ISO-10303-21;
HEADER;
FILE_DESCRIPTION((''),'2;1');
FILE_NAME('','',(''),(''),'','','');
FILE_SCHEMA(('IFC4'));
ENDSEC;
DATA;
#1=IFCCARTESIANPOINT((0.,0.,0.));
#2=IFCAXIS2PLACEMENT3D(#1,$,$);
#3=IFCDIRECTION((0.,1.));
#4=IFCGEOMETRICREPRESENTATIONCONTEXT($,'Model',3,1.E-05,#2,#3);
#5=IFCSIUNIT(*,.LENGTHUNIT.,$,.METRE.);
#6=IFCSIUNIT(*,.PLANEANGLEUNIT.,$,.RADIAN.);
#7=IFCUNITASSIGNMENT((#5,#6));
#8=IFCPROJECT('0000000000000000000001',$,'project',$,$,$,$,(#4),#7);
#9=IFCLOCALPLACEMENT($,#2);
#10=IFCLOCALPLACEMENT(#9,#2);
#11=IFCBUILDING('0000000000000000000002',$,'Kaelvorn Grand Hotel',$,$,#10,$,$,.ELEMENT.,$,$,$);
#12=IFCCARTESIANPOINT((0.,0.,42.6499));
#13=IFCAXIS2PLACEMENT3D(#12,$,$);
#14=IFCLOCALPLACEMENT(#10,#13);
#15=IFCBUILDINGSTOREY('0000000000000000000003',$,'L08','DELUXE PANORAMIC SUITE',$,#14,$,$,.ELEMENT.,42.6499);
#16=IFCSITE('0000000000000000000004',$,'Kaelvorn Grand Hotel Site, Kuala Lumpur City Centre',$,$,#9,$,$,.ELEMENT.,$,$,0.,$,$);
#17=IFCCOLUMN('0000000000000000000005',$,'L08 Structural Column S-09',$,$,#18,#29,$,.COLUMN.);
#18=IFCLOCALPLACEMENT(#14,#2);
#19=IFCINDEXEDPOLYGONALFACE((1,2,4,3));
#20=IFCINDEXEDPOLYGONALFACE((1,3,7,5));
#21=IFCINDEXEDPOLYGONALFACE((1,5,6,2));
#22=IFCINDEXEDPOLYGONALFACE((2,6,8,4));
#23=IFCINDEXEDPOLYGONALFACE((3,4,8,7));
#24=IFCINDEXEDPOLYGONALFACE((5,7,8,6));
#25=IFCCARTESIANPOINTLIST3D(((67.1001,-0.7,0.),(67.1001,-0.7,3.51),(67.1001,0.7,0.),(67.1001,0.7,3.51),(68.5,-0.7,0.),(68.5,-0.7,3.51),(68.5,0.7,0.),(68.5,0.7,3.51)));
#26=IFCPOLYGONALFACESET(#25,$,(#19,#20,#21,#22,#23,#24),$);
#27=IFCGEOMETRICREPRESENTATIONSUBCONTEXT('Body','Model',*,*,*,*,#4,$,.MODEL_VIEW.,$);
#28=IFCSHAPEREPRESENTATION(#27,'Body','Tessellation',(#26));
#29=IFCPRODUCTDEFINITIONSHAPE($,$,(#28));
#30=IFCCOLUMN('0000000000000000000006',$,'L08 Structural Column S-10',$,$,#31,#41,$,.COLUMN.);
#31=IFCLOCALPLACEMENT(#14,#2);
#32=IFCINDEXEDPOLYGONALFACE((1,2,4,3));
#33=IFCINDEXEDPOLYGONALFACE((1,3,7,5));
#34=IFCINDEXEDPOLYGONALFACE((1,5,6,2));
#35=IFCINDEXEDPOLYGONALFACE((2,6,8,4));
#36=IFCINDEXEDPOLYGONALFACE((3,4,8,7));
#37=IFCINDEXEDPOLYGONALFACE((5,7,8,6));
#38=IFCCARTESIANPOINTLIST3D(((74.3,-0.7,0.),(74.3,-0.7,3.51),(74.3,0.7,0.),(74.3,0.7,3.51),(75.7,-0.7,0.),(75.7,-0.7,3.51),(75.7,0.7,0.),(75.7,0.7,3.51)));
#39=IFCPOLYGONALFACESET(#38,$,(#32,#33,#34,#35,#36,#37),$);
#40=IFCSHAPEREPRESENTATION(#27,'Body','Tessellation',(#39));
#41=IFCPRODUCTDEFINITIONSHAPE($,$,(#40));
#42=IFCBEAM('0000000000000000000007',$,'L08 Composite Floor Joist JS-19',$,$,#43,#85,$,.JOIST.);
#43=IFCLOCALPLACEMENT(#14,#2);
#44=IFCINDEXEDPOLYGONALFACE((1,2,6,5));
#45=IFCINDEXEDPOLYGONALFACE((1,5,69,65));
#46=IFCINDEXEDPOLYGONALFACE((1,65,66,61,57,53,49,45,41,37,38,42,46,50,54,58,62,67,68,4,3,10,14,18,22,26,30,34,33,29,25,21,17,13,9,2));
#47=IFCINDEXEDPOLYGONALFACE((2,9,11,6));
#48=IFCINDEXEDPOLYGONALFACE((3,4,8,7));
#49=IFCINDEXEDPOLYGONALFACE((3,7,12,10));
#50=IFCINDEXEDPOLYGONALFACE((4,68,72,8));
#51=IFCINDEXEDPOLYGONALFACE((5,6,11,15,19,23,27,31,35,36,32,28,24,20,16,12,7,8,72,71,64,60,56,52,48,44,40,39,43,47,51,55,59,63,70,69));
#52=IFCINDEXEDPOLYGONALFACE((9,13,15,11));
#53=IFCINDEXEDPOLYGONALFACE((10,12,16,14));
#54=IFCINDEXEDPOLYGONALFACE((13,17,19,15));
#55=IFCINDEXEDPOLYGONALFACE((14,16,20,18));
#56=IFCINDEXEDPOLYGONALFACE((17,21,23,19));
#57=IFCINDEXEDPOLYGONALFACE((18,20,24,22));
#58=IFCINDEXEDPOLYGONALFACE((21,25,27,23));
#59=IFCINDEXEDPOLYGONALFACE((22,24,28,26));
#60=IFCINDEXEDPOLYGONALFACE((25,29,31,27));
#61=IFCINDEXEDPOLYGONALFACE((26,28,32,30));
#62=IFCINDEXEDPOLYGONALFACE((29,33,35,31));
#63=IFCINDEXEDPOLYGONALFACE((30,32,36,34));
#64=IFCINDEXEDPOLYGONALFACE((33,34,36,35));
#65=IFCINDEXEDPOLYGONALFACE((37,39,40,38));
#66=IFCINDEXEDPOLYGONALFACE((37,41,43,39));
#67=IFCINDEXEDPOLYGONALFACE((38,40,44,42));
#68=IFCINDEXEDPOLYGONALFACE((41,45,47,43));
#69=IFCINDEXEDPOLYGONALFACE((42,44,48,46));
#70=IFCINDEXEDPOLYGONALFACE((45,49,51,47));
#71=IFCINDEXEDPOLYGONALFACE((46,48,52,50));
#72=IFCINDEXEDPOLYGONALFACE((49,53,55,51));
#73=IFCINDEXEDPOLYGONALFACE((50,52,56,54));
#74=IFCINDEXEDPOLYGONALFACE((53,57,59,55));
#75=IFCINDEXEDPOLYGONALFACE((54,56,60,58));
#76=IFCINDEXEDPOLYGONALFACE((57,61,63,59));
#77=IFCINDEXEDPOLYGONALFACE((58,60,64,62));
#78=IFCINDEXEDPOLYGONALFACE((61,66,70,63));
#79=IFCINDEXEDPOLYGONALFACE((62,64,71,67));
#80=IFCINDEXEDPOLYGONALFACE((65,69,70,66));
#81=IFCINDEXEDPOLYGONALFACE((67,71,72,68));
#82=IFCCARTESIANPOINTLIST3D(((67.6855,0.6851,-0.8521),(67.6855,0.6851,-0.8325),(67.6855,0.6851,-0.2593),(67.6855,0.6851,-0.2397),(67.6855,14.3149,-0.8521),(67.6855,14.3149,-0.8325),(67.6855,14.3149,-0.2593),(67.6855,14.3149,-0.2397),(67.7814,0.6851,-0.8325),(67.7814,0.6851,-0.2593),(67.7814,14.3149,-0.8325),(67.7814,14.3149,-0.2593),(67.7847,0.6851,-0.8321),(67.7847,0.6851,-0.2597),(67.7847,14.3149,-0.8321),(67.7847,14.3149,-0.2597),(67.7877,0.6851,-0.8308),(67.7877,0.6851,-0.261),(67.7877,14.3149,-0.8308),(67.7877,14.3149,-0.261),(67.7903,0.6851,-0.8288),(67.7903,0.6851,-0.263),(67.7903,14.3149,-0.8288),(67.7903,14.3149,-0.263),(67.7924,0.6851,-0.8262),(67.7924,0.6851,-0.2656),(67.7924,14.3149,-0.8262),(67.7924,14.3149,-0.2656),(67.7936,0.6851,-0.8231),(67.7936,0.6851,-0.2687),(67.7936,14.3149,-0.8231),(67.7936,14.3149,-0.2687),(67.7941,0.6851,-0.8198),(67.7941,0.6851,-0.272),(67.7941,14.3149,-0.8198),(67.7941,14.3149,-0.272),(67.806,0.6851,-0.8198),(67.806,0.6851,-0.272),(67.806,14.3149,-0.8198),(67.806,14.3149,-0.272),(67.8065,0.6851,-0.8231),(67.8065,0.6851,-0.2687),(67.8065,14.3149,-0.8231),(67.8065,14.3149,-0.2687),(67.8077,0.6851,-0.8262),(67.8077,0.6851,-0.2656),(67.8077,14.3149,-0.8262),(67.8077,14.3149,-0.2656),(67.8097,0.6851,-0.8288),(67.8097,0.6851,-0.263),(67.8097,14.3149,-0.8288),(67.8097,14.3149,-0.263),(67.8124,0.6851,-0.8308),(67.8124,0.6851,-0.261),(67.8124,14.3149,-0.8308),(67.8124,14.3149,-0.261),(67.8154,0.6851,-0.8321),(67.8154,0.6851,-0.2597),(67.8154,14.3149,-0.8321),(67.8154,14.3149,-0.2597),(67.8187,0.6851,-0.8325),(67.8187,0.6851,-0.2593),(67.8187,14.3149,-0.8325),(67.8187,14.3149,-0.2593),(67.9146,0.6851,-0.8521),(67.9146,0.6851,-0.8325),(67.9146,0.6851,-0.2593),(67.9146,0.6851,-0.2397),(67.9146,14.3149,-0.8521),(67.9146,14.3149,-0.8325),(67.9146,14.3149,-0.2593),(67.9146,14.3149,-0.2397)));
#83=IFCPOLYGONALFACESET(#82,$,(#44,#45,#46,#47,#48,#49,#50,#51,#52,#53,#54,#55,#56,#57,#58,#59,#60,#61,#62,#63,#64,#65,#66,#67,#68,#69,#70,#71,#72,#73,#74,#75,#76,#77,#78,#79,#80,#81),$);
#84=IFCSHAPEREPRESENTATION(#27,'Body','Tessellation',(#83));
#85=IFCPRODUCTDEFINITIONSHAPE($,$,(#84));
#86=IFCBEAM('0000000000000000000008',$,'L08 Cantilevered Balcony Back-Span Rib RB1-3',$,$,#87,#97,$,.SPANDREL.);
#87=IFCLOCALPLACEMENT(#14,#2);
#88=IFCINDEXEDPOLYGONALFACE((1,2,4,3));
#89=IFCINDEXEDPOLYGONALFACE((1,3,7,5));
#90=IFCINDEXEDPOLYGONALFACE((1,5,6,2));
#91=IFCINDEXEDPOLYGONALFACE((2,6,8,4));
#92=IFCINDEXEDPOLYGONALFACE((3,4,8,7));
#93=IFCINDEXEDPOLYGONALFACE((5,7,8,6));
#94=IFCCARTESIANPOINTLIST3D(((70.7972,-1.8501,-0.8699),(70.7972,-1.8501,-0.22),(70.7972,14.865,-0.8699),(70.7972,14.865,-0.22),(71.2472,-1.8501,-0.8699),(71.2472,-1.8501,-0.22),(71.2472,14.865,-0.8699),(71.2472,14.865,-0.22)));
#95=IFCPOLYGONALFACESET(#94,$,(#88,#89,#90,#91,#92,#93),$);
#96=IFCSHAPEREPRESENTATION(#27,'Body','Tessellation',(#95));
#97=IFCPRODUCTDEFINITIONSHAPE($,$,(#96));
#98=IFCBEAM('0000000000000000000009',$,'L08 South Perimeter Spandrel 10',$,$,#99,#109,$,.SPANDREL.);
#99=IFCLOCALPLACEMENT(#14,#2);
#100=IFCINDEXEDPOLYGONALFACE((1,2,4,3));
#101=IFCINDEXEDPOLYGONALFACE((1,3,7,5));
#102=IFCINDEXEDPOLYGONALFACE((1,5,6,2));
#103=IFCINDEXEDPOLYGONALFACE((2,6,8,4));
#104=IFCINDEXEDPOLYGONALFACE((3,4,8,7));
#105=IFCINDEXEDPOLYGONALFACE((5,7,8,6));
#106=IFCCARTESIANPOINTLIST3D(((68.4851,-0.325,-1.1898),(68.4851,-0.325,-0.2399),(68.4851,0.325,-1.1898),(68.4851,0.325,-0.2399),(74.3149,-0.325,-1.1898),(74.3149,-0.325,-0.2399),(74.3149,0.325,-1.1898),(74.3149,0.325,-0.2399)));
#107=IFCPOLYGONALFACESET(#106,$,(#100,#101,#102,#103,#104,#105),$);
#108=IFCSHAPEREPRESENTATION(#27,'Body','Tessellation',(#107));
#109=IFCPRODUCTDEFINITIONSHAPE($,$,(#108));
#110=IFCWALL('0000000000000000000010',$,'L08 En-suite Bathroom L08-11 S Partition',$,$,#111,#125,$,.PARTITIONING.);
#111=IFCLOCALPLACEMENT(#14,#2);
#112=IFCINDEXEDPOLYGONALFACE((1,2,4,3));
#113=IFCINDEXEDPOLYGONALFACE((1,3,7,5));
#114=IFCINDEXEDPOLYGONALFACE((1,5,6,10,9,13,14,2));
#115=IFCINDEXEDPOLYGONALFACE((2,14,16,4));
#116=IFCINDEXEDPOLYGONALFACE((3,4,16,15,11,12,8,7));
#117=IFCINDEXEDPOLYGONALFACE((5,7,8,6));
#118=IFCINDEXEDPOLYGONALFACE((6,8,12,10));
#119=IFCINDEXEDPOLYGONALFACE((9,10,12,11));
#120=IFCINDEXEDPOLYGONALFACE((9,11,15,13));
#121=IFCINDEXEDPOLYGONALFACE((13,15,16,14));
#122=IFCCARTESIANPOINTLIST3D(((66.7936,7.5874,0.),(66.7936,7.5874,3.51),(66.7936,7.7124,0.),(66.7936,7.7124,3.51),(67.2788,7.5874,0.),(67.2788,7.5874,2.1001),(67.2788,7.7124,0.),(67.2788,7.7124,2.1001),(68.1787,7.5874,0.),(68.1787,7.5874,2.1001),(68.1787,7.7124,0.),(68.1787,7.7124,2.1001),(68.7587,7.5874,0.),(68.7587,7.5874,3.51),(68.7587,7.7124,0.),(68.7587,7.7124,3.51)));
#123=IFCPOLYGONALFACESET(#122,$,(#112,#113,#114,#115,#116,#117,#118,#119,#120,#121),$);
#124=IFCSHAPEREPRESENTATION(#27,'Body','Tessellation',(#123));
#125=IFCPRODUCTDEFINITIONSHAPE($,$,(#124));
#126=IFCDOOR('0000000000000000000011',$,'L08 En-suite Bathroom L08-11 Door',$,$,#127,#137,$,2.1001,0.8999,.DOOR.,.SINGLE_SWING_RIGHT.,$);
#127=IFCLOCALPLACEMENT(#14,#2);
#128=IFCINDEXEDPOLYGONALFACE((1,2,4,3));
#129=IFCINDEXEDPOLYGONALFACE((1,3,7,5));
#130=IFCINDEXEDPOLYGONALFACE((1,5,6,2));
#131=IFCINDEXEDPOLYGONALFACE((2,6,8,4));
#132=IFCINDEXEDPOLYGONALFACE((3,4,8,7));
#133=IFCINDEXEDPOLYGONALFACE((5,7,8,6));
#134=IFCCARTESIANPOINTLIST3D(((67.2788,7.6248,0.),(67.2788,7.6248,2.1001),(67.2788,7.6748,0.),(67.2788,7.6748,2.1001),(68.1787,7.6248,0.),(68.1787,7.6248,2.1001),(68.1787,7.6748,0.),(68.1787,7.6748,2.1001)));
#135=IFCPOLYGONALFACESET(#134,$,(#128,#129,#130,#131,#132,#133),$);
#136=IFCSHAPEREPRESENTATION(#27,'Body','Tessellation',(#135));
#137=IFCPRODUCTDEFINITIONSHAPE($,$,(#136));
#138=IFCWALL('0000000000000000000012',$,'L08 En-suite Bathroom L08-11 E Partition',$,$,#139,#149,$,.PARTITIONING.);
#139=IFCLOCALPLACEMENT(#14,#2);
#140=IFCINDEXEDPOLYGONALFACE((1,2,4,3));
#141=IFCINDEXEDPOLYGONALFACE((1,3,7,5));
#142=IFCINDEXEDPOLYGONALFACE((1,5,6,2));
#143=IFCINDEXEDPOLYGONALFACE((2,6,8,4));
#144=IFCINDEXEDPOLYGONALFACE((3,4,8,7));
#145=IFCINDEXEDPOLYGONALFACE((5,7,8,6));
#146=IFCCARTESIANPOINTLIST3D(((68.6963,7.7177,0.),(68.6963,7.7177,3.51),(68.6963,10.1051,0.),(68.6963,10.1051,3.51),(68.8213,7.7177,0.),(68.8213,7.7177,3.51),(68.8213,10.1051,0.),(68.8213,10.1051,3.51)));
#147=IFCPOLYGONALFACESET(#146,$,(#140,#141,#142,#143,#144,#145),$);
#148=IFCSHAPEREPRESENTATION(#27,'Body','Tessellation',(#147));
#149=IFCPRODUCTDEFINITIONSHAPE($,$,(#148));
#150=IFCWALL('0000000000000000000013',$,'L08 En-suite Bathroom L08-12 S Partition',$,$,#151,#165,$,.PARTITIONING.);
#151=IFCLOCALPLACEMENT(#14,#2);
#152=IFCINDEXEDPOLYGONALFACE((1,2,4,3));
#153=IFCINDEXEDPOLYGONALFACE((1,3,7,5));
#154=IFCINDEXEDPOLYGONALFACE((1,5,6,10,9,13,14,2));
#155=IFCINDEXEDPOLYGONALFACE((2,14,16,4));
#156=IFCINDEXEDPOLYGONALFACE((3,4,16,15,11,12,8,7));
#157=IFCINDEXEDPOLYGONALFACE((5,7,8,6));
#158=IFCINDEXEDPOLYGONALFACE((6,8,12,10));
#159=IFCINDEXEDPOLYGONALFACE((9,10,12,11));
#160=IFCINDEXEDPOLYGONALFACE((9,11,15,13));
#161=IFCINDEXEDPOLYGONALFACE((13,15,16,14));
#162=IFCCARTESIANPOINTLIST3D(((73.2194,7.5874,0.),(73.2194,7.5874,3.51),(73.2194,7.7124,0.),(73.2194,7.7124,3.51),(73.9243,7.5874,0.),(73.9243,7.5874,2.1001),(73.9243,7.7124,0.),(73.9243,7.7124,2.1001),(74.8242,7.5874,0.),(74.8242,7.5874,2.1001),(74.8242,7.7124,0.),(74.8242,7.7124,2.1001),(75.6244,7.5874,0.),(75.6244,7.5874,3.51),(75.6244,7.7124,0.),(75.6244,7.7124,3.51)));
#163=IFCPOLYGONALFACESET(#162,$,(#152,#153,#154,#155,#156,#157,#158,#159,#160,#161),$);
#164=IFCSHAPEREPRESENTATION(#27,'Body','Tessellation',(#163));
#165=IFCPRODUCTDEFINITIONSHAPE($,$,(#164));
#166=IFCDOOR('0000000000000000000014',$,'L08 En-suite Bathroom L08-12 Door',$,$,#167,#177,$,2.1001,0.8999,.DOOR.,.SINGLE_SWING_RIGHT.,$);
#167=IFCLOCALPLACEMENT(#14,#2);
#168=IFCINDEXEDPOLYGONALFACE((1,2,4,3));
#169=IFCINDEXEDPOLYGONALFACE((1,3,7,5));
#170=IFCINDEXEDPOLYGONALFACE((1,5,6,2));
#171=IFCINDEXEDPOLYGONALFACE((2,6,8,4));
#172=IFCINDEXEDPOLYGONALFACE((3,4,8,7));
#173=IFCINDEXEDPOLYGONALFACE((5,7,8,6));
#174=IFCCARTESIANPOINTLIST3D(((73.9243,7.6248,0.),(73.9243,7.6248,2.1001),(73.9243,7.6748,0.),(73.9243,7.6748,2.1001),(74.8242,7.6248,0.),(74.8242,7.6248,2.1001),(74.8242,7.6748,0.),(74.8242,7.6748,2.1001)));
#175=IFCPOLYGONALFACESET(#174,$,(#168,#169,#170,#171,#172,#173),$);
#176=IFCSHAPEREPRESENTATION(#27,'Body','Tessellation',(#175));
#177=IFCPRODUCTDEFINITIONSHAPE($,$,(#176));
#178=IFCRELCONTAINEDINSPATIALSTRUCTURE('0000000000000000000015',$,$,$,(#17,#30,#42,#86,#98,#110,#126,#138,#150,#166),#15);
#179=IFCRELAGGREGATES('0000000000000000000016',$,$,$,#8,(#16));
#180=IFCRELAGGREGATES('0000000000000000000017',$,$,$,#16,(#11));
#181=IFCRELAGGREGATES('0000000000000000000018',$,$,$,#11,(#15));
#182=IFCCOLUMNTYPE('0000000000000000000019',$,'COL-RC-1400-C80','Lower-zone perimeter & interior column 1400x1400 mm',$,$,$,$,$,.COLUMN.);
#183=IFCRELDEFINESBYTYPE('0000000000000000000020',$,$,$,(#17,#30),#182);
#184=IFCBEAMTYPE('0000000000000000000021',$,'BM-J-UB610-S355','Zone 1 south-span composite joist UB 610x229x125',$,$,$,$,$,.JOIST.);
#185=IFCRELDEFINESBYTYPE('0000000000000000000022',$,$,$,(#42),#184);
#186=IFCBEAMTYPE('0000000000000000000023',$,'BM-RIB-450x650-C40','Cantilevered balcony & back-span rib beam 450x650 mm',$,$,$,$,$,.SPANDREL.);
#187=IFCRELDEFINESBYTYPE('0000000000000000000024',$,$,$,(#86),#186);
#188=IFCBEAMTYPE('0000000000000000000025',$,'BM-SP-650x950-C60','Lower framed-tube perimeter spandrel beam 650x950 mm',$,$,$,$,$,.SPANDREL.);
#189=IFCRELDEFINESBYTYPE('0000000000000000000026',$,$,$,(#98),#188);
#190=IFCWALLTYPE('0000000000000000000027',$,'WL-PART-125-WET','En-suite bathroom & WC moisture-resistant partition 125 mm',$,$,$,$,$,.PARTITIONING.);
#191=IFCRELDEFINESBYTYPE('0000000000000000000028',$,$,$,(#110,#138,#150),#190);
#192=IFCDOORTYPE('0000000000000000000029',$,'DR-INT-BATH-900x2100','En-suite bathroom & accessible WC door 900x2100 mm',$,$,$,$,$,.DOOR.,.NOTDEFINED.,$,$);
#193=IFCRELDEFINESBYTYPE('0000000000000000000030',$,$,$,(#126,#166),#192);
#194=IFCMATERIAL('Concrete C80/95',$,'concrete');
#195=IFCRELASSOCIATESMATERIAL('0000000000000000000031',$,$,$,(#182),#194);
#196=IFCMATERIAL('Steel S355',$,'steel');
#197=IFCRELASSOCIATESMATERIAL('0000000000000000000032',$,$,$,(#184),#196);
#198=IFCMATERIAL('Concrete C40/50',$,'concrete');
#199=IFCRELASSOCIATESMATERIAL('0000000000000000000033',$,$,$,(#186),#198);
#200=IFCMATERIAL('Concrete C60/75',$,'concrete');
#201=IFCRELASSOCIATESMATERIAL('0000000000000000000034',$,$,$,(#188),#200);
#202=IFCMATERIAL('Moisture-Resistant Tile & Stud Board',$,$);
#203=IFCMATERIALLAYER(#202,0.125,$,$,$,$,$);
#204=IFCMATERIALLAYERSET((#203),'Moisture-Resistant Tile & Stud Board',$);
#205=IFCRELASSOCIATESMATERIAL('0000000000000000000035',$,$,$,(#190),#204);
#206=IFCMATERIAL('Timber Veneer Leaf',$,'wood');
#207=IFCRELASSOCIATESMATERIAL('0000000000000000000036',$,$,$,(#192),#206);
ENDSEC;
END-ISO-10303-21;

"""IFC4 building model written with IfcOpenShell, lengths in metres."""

from ifc_helpers import new_model, si_unit, direction, frame, frame_2d, origin, origin_2d, place, context, subcontext, project, spatial, rectangle, i_section, extrude, material, layer, layer_set, material_profile, profile_set, type_object, element, fill, save


model = new_model("IFC4")

# Units and contexts
model_context = context("Model", 3, precision=1e-05, world=origin(), true_north=direction((0.0, 1.0)))
body_context = subcontext(model_context, "Body", "Model", "MODEL_VIEW")
ifc_project = project(units=[si_unit("LENGTHUNIT", "METRE"), si_unit("PLANEANGLEUNIT", "RADIAN")], contexts=[model_context])

# Site, building, storey
site_placement = place(None, origin())
site = spatial("IfcSite", under=ifc_project, at=site_placement, Name="Kaelvorn Grand Hotel Site, Kuala Lumpur City Centre", CompositionType="ELEMENT", RefElevation=0.0)
building_placement = place(site_placement, origin())
building = spatial("IfcBuilding", under=site, at=building_placement, Name="Kaelvorn Grand Hotel", CompositionType="ELEMENT")
storey_placement = place(building_placement, frame((0.0, 0.0, 42.6499)))
storey = spatial("IfcBuildingStorey", under=building, at=storey_placement, Name="L08", Description="DELUXE PANORAMIC SUITE", CompositionType="ELEMENT", Elevation=42.6499)

# Columns
ifc_material_1 = material(Name="Concrete C80/95", Category="concrete")
ifc_material_profile_1 = material_profile(ifc_material_1, rectangle(XDim=1.3999, YDim=1.3999, at=origin_2d()), Name="RC COL 1400x1400")
ifc_profile_set_1 = profile_set([ifc_material_profile_1], Name="Concrete C80/95")
column_type = type_object("IfcColumnType", Name="COL-RC-1400-C80", Description="Lower-zone perimeter & interior column 1400x1400 mm", PredefinedType="COLUMN", material=ifc_profile_set_1)
for number, where, z_axis, x_axis, name in (
    (1, (67.8, 0.0, 0.0), (0.0, 0.0, 1.0), (1.0, 0.0, 0.0), "L08 Structural Column S-09"),
    (2, (75.0, 0.0, 0.0), (0.0, 0.0, 1.0), (1.0, 0.0, 0.0), "L08 Structural Column S-10"),
):
    element("IfcColumn", number, at=place(storey_placement, frame(where, z_axis=z_axis, x_axis=x_axis)), inside=storey, type_object=column_type, Name=name, PredefinedType="COLUMN", context=body_context, shape_type="SweptSolid", body=[
        extrude(rectangle(XDim=1.3999, YDim=1.3999, at=origin_2d()), origin(), (0.0, 0.0, 1.0), 3.51),
    ])

# Beams
ifc_material_2 = material(Name="Steel S355", Category="steel")
ifc_material_profile_2 = material_profile(ifc_material_2, i_section(OverallWidth=0.229, OverallDepth=0.6123, WebThickness=0.012, FlangeThickness=0.0195, FilletRadius=0.0127, at=origin_2d()), Name="UB 610x229x125")
ifc_profile_set_2 = profile_set([ifc_material_profile_2], Name="Steel S355")
beam_type_1 = type_object("IfcBeamType", Name="BM-J-UB610-S355", Description="Zone 1 south-span composite joist UB 610x229x125", PredefinedType="JOIST", material=ifc_profile_set_2)
beam_1_placement = place(storey_placement, frame((67.8, 0.6851, -0.5459), z_axis=(0.0, 1.0, 0.0), x_axis=(-1.0, 0.0, 0.0)))
element("IfcBeam", 3, at=beam_1_placement, inside=storey, type_object=beam_type_1, Name="L08 Composite Floor Joist JS-19", PredefinedType="JOIST", context=body_context, shape_type="SweptSolid", body=[
    extrude(i_section(OverallWidth=0.229, OverallDepth=0.6123, WebThickness=0.012, FlangeThickness=0.0195, FilletRadius=0.0127, at=origin_2d()), origin(), (0.0, 0.0, 1.0), 13.6299),
])
ifc_material_3 = material(Name="Concrete C40/50", Category="concrete")
ifc_material_profile_3 = material_profile(ifc_material_3, rectangle(XDim=0.45, YDim=0.6499, at=origin_2d()), Name="RC RIB 450x650")
ifc_profile_set_3 = profile_set([ifc_material_profile_3], Name="Concrete C40/50")
beam_type_2 = type_object("IfcBeamType", Name="BM-RIB-450x650-C40", Description="Cantilevered balcony & back-span rib beam 450x650 mm", PredefinedType="SPANDREL", material=ifc_profile_set_3)
beam_2_placement = place(storey_placement, frame((71.0222, -1.8501, -0.5449), z_axis=(0.0, 1.0, 0.0), x_axis=(-1.0, 0.0, 0.0)))
element("IfcBeam", 4, at=beam_2_placement, inside=storey, type_object=beam_type_2, Name="L08 Cantilevered Balcony Back-Span Rib RB1-3", PredefinedType="SPANDREL", context=body_context, shape_type="SweptSolid", body=[
    extrude(rectangle(XDim=0.45, YDim=0.6499, at=origin_2d()), origin(), (0.0, 0.0, 1.0), 16.7151),
])
ifc_material_4 = material(Name="Concrete C60/75", Category="concrete")
ifc_material_profile_4 = material_profile(ifc_material_4, rectangle(XDim=0.6499, YDim=0.95, at=origin_2d()), Name="RC SPANDREL 650x950")
ifc_profile_set_4 = profile_set([ifc_material_profile_4], Name="Concrete C60/75")
beam_type_3 = type_object("IfcBeamType", Name="BM-SP-650x950-C60", Description="Lower framed-tube perimeter spandrel beam 650x950 mm", PredefinedType="SPANDREL", material=ifc_profile_set_4)
beam_3_placement = place(storey_placement, frame((68.4851, 0.0, -0.7148), z_axis=(1.0, 0.0, 0.0), x_axis=(0.0, 1.0, 0.0)))
element("IfcBeam", 5, at=beam_3_placement, inside=storey, type_object=beam_type_3, Name="L08 South Perimeter Spandrel 10", PredefinedType="SPANDREL", context=body_context, shape_type="SweptSolid", body=[
    extrude(rectangle(XDim=0.6499, YDim=0.95, at=origin_2d()), origin(), (0.0, 0.0, 1.0), 5.8298),
])

# Wall, opening, door
ifc_material_5 = material(Name="Moisture-Resistant Tile & Stud Board")
ifc_layer_1 = layer(ifc_material_5, 0.125)
ifc_layer_set_1 = layer_set([ifc_layer_1], Name="Moisture-Resistant Tile & Stud Board")
wall_type_1 = type_object("IfcWallType", Name="WL-PART-125-WET", Description="En-suite bathroom & WC moisture-resistant partition 125 mm", PredefinedType="PARTITIONING", material=ifc_layer_set_1)
wall_1_placement = place(storey_placement, frame((66.7937, 7.6499, 0.0), z_axis=(0.0, 0.0, 1.0), x_axis=(1.0, 0.0, 0.0)))
wall_1 = element("IfcWall", 6, at=wall_1_placement, inside=storey, type_object=wall_type_1, Name="L08 En-suite Bathroom L08-11 S Partition", PredefinedType="PARTITIONING", context=body_context, shape_type="SweptSolid", body=[
    extrude(rectangle(XDim=1.9651, YDim=0.125, at=frame_2d((0.9824, 0.0))), origin(), (0.0, 0.0, 1.0), 3.51),
])
opening_1_placement = place(wall_1_placement, frame((0.4851, 0.0, 0.0)))
opening_1 = element("IfcOpeningElement", 7, at=opening_1_placement, cuts=wall_1, PredefinedType="OPENING", context=body_context, shape_type="SweptSolid", body=[
    extrude(rectangle(XDim=0.8999, YDim=2.1001, at=frame_2d((0.45, 1.05))), frame((0.0, 0.0725, 0.0), z_axis=(0.0, -1.0, 0.0), x_axis=(1.0, 0.0, 0.0)), (0.0, 0.0, 1.0), 0.145),
])
ifc_material_6 = material(Name="Timber Veneer Leaf", Category="wood")
door_type_1 = type_object("IfcDoorType", Name="DR-INT-BATH-900x2100", Description="En-suite bathroom & accessible WC door 900x2100 mm", OperationType="NOTDEFINED", PredefinedType="DOOR", material=ifc_material_6)
door_1_placement = place(opening_1_placement, origin())
door_1 = element("IfcDoor", 8, at=door_1_placement, inside=storey, type_object=door_type_1, Name="L08 En-suite Bathroom L08-11 Door", OperationType="SINGLE_SWING_RIGHT", OverallHeight=2.1001, OverallWidth=0.8999, PredefinedType="DOOR", context=body_context, shape_type="SweptSolid", body=[
    extrude(rectangle(XDim=0.8999, YDim=2.1001, at=frame_2d((0.45, 1.05))), frame((0.0, 0.0249, 0.0), z_axis=(0.0, -1.0, 0.0), x_axis=(1.0, 0.0, 0.0)), (0.0, 0.0, 1.0), 0.05),
])
fill(opening_1, door_1)

# Wall
wall_2_placement = place(storey_placement, frame((68.7588, 7.7175, 0.0), z_axis=(0.0, 0.0, 1.0), x_axis=(0.0, 1.0, 0.0)))
element("IfcWall", 9, at=wall_2_placement, inside=storey, type_object=wall_type_1, Name="L08 En-suite Bathroom L08-11 E Partition", PredefinedType="PARTITIONING", context=body_context, shape_type="SweptSolid", body=[
    extrude(rectangle(XDim=2.3875, YDim=0.125, at=frame_2d((1.1938, 0.0))), origin(), (0.0, 0.0, 1.0), 3.51),
])

# Wall, opening, door
wall_3_placement = place(storey_placement, frame((73.2192, 7.6499, 0.0), z_axis=(0.0, 0.0, 1.0), x_axis=(1.0, 0.0, 0.0)))
wall_3 = element("IfcWall", 10, at=wall_3_placement, inside=storey, type_object=wall_type_1, Name="L08 En-suite Bathroom L08-12 S Partition", PredefinedType="PARTITIONING", context=body_context, shape_type="SweptSolid", body=[
    extrude(rectangle(XDim=2.405, YDim=0.125, at=frame_2d((1.2026, 0.0))), origin(), (0.0, 0.0, 1.0), 3.51),
])
opening_2_placement = place(wall_3_placement, frame((0.7051, 0.0, 0.0)))
opening_2 = element("IfcOpeningElement", 11, at=opening_2_placement, cuts=wall_3, PredefinedType="OPENING", context=body_context, shape_type="SweptSolid", body=[
    extrude(rectangle(XDim=0.8999, YDim=2.1001, at=frame_2d((0.45, 1.05))), frame((0.0, 0.0725, 0.0), z_axis=(0.0, -1.0, 0.0), x_axis=(1.0, 0.0, 0.0)), (0.0, 0.0, 1.0), 0.145),
])
door_2_placement = place(opening_2_placement, origin())
door_2 = element("IfcDoor", 12, at=door_2_placement, inside=storey, type_object=door_type_1, Name="L08 En-suite Bathroom L08-12 Door", OperationType="SINGLE_SWING_RIGHT", OverallHeight=2.1001, OverallWidth=0.8999, PredefinedType="DOOR", context=body_context, shape_type="SweptSolid", body=[
    extrude(rectangle(XDim=0.8999, YDim=2.1001, at=frame_2d((0.45, 1.05))), frame((0.0, 0.0249, 0.0), z_axis=(0.0, -1.0, 0.0), x_axis=(1.0, 0.0, 0.0)), (0.0, 0.0, 1.0), 0.05),
])
fill(opening_2, door_2)

save(model, "model.ifc")
